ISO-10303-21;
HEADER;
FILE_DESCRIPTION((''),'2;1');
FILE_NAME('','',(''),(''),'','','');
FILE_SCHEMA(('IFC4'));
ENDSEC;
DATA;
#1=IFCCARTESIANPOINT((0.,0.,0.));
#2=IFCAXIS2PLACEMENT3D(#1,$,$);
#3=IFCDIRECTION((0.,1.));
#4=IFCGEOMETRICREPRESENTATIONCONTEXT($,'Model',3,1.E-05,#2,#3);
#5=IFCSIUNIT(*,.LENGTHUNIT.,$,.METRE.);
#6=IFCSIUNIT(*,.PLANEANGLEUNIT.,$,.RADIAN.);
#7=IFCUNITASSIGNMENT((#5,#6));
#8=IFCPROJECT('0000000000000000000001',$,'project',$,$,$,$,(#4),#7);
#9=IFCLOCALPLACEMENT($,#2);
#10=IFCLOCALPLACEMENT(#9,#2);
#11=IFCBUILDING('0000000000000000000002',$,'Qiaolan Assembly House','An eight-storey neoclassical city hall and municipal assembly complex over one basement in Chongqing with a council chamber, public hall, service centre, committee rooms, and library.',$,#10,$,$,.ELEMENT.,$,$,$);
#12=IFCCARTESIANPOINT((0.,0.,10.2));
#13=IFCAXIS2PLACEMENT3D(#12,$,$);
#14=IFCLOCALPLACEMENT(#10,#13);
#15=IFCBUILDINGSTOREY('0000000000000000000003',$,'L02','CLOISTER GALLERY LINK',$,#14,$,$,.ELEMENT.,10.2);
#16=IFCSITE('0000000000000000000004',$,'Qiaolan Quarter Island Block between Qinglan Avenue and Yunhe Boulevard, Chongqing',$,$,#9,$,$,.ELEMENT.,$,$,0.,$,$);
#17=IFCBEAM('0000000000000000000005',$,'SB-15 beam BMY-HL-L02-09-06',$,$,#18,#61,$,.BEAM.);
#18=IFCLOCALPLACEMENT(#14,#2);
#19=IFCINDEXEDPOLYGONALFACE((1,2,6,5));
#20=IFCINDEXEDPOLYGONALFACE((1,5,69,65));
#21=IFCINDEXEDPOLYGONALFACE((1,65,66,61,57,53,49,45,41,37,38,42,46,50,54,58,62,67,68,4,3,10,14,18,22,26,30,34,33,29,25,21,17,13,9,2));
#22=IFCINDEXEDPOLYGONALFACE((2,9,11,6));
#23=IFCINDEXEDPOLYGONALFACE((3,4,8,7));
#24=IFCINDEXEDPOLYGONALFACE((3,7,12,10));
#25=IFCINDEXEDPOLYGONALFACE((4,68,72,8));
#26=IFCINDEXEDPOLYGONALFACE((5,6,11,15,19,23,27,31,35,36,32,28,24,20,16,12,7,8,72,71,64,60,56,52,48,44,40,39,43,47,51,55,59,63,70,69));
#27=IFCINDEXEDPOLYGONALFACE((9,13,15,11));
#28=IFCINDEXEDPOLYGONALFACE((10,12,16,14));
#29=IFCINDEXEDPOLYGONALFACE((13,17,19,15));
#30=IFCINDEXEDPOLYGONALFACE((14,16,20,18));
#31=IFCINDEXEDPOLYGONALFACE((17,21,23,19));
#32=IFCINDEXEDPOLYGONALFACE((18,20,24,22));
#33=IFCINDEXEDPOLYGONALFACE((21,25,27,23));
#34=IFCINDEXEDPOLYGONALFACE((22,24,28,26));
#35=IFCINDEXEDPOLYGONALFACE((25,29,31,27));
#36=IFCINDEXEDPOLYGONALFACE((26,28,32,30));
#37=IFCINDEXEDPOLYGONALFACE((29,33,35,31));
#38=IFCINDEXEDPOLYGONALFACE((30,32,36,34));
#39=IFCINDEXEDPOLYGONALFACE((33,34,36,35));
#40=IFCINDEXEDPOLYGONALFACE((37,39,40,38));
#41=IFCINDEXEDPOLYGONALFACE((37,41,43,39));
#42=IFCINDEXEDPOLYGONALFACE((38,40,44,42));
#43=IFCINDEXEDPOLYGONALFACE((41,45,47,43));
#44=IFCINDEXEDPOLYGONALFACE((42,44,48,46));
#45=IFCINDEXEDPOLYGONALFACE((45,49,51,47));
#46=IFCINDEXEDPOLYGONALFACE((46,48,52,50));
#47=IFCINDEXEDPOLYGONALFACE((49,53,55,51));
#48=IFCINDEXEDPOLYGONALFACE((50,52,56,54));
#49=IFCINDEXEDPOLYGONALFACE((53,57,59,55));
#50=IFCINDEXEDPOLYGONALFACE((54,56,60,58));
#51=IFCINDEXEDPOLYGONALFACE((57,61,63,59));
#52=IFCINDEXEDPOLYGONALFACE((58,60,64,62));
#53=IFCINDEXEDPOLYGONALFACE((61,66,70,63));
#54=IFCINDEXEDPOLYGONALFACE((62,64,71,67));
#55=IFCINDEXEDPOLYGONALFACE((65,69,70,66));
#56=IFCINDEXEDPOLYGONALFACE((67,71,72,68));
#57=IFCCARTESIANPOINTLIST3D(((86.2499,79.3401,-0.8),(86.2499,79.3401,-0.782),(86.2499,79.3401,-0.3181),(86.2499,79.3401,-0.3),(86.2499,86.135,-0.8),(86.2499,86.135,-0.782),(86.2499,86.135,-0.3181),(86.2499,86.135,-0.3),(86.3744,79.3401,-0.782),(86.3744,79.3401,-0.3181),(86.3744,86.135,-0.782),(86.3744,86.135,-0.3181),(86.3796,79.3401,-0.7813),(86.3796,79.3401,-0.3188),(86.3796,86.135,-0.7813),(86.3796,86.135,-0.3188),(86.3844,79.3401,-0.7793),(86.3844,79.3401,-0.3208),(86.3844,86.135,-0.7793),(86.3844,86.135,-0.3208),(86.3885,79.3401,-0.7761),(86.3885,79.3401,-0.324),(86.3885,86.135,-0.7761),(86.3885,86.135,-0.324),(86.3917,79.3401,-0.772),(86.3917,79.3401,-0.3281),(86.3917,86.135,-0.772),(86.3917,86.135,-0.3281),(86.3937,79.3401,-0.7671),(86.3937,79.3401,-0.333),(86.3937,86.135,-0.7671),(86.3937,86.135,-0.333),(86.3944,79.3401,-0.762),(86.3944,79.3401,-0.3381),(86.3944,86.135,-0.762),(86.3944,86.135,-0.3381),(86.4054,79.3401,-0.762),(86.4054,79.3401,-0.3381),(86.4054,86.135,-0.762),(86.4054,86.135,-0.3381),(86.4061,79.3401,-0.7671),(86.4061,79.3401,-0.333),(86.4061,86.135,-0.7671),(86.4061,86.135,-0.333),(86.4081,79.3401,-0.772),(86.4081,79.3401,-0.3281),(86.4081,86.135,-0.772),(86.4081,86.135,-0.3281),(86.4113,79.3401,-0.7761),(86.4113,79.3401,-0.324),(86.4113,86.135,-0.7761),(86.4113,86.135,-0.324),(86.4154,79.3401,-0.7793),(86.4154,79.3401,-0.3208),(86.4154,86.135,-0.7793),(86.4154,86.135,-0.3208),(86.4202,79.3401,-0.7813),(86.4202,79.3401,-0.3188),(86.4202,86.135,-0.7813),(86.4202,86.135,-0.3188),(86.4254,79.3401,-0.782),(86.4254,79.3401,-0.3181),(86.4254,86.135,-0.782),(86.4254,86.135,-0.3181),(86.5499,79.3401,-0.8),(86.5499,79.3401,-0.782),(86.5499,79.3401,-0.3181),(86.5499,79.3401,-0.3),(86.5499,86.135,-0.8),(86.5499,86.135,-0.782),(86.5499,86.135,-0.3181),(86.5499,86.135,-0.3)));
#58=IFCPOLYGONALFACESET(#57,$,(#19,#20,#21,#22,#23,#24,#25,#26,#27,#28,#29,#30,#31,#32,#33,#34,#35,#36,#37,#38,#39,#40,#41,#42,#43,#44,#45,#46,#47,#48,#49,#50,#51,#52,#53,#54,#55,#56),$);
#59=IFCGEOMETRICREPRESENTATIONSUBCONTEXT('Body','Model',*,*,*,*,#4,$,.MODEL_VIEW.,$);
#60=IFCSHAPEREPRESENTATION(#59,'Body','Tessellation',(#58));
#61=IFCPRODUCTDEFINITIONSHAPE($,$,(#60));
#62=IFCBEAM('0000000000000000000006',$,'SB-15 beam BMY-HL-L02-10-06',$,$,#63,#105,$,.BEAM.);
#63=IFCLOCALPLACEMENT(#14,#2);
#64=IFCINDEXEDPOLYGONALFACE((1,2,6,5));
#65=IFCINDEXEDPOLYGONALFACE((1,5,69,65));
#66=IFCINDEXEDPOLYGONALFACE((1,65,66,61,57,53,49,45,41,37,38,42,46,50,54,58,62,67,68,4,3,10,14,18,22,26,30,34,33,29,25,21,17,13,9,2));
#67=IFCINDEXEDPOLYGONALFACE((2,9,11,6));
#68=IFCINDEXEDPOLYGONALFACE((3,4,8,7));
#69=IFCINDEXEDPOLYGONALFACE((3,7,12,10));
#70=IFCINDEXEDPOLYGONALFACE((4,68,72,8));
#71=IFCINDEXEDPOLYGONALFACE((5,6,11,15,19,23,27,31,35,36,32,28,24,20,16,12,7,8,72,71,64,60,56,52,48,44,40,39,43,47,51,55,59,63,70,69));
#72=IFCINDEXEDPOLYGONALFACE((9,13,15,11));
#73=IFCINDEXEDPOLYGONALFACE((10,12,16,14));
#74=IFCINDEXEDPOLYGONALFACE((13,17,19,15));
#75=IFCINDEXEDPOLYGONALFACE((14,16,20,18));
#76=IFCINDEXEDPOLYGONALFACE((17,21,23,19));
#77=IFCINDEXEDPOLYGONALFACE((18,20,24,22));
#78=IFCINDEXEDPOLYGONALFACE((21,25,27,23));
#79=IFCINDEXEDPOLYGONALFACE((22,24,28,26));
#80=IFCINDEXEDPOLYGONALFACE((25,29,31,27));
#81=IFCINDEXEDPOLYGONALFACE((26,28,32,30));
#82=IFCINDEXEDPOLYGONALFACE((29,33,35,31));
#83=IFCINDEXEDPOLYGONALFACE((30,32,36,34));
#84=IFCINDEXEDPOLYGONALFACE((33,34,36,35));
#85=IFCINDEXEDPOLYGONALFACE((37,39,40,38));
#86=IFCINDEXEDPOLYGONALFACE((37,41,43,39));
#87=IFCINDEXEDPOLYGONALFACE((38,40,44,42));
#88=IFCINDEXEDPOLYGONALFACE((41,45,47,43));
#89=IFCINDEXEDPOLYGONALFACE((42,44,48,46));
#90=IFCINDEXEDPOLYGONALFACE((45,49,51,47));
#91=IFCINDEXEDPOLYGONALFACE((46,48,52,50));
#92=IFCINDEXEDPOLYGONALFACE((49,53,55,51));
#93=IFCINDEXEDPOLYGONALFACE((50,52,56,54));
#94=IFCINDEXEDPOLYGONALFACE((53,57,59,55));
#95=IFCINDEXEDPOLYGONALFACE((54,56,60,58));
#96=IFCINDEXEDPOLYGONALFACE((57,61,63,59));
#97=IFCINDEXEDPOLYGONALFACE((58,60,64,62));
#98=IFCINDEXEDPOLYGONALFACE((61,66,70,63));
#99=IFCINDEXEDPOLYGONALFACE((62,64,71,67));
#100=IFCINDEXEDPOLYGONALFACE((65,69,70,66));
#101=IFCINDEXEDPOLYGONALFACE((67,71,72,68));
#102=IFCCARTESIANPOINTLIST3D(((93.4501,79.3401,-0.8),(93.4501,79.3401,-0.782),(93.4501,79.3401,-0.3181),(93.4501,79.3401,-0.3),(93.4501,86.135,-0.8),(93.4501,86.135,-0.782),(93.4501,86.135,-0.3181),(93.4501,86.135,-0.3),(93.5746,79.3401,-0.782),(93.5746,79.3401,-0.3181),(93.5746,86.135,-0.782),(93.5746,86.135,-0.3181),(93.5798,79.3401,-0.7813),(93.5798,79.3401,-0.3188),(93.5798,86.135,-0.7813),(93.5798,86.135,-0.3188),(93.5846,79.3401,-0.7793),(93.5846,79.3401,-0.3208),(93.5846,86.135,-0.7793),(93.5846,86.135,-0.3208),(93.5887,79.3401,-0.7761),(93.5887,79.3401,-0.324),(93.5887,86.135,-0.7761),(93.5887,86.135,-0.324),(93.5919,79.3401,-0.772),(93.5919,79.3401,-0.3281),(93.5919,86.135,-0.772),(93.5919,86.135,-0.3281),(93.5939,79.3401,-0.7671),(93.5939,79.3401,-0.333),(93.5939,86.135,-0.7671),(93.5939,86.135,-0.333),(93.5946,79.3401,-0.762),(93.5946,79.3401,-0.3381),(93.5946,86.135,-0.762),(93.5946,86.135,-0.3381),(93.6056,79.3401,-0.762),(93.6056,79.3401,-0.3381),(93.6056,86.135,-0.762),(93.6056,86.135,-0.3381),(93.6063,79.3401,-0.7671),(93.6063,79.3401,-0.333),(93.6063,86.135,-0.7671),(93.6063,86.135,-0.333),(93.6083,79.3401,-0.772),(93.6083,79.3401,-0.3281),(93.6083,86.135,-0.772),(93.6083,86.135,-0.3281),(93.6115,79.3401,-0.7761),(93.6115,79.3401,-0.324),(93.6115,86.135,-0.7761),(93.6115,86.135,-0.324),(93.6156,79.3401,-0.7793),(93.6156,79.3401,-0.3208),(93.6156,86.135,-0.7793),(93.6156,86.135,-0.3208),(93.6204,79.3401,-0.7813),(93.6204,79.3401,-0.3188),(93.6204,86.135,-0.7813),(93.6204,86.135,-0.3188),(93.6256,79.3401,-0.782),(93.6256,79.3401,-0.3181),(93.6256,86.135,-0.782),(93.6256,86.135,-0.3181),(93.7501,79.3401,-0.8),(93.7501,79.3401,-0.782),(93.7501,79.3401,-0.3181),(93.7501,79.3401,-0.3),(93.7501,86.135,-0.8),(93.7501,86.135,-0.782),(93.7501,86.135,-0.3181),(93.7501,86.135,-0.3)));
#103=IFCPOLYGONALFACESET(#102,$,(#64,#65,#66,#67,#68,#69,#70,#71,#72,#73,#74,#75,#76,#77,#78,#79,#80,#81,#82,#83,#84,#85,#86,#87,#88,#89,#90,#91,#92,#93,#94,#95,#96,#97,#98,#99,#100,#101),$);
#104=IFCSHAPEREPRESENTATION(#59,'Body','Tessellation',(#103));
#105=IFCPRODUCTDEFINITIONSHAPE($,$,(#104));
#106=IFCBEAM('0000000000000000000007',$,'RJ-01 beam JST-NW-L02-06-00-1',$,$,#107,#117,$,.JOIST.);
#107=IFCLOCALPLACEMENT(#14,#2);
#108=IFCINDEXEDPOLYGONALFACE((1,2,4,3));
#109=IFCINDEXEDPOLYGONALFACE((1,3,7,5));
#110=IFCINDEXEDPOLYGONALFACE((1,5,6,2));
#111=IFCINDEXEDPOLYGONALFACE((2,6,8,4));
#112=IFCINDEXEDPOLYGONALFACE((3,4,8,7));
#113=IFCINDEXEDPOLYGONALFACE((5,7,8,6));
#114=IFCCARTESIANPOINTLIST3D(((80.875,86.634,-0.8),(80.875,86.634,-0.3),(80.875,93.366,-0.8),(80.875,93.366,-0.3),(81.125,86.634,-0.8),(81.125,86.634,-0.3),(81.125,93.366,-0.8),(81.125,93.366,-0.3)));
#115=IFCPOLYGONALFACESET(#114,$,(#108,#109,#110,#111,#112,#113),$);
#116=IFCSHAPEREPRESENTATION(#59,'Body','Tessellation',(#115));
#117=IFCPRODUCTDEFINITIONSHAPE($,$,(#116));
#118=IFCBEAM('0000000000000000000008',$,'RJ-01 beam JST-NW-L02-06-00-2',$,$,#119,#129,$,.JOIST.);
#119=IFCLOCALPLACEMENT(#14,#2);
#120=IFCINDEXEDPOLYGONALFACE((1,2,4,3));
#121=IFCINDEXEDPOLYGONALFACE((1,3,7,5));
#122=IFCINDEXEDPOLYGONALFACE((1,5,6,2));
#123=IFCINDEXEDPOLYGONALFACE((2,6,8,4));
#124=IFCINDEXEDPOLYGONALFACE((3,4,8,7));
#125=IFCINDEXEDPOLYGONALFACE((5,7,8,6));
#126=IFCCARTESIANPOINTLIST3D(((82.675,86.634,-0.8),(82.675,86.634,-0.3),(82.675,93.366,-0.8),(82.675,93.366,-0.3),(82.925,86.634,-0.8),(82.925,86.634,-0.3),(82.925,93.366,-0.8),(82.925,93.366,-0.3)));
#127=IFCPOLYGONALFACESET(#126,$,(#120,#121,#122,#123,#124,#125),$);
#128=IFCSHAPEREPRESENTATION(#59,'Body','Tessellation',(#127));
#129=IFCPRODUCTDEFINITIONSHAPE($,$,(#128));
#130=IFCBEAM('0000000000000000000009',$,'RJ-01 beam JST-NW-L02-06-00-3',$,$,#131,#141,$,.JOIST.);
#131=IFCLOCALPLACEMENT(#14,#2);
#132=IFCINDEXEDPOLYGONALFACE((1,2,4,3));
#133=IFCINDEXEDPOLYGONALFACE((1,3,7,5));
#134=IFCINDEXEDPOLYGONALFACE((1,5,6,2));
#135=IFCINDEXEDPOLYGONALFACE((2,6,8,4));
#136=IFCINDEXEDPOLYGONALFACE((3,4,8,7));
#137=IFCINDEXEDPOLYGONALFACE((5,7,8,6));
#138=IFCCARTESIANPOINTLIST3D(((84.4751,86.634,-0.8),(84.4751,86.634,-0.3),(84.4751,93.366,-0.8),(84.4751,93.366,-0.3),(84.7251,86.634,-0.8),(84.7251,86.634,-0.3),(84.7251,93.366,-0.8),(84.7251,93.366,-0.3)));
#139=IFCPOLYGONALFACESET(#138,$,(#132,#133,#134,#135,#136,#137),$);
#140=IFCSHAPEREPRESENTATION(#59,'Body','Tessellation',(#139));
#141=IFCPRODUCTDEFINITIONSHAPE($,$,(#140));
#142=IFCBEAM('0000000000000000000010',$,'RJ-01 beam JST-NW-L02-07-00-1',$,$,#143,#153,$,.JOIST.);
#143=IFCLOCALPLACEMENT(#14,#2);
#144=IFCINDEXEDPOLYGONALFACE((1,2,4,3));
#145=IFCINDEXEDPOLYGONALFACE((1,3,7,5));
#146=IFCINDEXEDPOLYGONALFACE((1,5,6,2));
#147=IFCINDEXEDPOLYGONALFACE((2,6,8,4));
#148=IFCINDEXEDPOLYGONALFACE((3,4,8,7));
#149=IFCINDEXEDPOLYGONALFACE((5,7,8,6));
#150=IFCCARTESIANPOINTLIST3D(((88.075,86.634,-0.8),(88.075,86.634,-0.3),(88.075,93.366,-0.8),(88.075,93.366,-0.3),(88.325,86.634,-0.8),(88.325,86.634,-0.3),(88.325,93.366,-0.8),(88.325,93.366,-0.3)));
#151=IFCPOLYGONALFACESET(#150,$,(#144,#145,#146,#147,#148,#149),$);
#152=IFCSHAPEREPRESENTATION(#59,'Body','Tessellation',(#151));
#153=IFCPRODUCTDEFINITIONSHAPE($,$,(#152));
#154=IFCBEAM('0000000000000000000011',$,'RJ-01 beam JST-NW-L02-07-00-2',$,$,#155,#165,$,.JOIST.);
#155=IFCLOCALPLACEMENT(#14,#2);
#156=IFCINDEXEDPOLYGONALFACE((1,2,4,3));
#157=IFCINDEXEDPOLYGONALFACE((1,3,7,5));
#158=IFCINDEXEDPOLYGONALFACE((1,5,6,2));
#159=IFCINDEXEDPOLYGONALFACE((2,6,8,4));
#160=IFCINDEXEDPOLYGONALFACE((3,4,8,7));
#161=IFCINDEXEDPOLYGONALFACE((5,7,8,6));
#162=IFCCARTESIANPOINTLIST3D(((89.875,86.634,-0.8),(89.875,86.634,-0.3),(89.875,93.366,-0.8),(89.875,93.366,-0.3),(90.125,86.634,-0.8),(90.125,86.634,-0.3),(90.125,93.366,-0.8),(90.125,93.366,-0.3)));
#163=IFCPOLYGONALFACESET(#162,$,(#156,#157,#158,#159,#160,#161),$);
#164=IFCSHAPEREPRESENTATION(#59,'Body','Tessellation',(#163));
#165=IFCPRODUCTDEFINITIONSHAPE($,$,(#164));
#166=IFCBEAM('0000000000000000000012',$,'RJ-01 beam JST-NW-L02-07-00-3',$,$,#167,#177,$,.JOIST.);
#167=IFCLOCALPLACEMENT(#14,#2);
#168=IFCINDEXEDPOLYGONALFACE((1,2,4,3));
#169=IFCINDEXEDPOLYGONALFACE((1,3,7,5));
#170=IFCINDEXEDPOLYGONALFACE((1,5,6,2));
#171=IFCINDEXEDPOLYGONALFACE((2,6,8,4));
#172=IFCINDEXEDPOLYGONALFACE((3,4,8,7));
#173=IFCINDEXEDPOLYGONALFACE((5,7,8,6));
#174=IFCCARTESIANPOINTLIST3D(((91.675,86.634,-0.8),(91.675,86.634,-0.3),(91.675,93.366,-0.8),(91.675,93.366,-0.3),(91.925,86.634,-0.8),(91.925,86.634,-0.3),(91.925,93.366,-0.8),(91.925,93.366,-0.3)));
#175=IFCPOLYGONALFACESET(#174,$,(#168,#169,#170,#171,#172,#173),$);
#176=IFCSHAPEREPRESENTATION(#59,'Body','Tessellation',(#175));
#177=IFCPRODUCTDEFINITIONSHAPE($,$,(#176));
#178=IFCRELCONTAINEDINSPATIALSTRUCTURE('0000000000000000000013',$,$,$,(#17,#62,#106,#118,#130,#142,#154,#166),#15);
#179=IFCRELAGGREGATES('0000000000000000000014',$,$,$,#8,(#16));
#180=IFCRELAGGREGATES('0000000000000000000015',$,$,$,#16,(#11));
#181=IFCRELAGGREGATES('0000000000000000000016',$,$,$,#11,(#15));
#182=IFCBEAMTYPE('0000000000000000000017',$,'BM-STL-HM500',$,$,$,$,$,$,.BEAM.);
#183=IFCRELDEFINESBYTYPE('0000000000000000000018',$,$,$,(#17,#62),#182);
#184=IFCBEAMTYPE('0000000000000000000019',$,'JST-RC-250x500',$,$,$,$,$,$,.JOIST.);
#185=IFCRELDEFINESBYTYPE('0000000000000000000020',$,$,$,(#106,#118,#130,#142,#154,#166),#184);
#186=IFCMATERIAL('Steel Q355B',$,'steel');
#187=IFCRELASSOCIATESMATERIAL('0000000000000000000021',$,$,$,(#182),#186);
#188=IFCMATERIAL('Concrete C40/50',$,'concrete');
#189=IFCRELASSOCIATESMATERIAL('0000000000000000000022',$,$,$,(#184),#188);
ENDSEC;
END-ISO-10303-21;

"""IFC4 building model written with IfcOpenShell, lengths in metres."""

from ifc_helpers import new_model, si_unit, direction, frame, origin, origin_2d, place, context, subcontext, project, spatial, rectangle, i_section, extrude, material, material_profile, profile_set, type_object, element, save


model = new_model("IFC4")

# Units and contexts
model_context = context("Model", 3, precision=1e-05, world=origin(), true_north=direction((0.0, 1.0)))
body_context = subcontext(model_context, "Body", "Model", "MODEL_VIEW")
ifc_project = project(units=[si_unit("LENGTHUNIT", "METRE"), si_unit("PLANEANGLEUNIT", "RADIAN")], contexts=[model_context])

# Site, building, storey
site_placement = place(None, origin())
site = spatial("IfcSite", under=ifc_project, at=site_placement, Name="Qiaolan Quarter Island Block between Qinglan Avenue and Yunhe Boulevard, Chongqing", CompositionType="ELEMENT", RefElevation=0.0)
building_placement = place(site_placement, origin())
building = spatial("IfcBuilding", under=site, at=building_placement, Name="Qiaolan Assembly House", Description="An eight-storey neoclassical city hall and municipal assembly complex over one basement in Chongqing with a council chamber, public hall, service centre, committee rooms, and library.", CompositionType="ELEMENT")
storey_placement = place(building_placement, frame((0.0, 0.0, 10.2)))
storey = spatial("IfcBuildingStorey", under=building, at=storey_placement, Name="L02", Description="CLOISTER GALLERY LINK", CompositionType="ELEMENT", Elevation=10.2)

# Beams
ifc_material_1 = material(Name="Concrete C40/50", Category="concrete")
ifc_material_2 = material(Name="Steel Q355B", Category="steel")
ifc_material_profile_1 = material_profile(ifc_material_2, i_section(OverallWidth=0.3, OverallDepth=0.5, WebThickness=0.011, FlangeThickness=0.0181, FilletRadius=0.02, at=origin_2d()), Name="HM 500x300x11x18")
ifc_profile_set_1 = profile_set([ifc_material_profile_1], Name="Steel Q355B")
beam_type_1 = type_object("IfcBeamType", Name="BM-STL-HM500", PredefinedType="BEAM", material=ifc_profile_set_1)
for number, where, z_axis, x_axis, name in (
    (1, (86.3999, 79.3401, -0.55), (0.0, 1.0, 0.0), (-1.0, 0.0, 0.0), "SB-15 beam BMY-HL-L02-09-06"),
    (2, (93.6001, 79.3401, -0.55), (0.0, 1.0, 0.0), (-1.0, 0.0, 0.0), "SB-15 beam BMY-HL-L02-10-06"),
):
    element("IfcBeam", number, at=place(storey_placement, frame(where, z_axis=z_axis, x_axis=x_axis)), inside=storey, type_object=beam_type_1, Name=name, PredefinedType="BEAM", context=body_context, shape_type="SweptSolid", body=[
        extrude(i_section(OverallWidth=0.3, OverallDepth=0.5, WebThickness=0.011, FlangeThickness=0.0181, FilletRadius=0.02, at=origin_2d()), origin(), (0.0, 0.0, 1.0), 6.7949),
    ])
ifc_material_profile_2 = material_profile(ifc_material_1, rectangle(XDim=0.25, YDim=0.5, at=origin_2d()), Name="RCB 250x500")
ifc_profile_set_2 = profile_set([ifc_material_profile_2], Name="Concrete C40/50")
beam_type_2 = type_object("IfcBeamType", Name="JST-RC-250x500", PredefinedType="JOIST", material=ifc_profile_set_2)
for number, where, z_axis, x_axis, name in (
    (3, (81.0, 86.634, -0.55), (0.0, 1.0, 0.0), (-1.0, 0.0, 0.0), "RJ-01 beam JST-NW-L02-06-00-1"),
    (4, (82.8, 86.634, -0.55), (0.0, 1.0, 0.0), (-1.0, 0.0, 0.0), "RJ-01 beam JST-NW-L02-06-00-2"),
    (5, (84.6001, 86.634, -0.55), (0.0, 1.0, 0.0), (-1.0, 0.0, 0.0), "RJ-01 beam JST-NW-L02-06-00-3"),
    (6, (88.2, 86.634, -0.55), (0.0, 1.0, 0.0), (-1.0, 0.0, 0.0), "RJ-01 beam JST-NW-L02-07-00-1"),
    (7, (90.0, 86.634, -0.55), (0.0, 1.0, 0.0), (-1.0, 0.0, 0.0), "RJ-01 beam JST-NW-L02-07-00-2"),
    (8, (91.8, 86.634, -0.55), (0.0, 1.0, 0.0), (-1.0, 0.0, 0.0), "RJ-01 beam JST-NW-L02-07-00-3"),
):
    element("IfcBeam", number, at=place(storey_placement, frame(where, z_axis=z_axis, x_axis=x_axis)), inside=storey, type_object=beam_type_2, Name=name, PredefinedType="JOIST", context=body_context, shape_type="SweptSolid", body=[
        extrude(rectangle(XDim=0.25, YDim=0.5, at=origin_2d()), origin(), (0.0, 0.0, 1.0), 6.7319),
    ])

save(model, "model.ifc")
